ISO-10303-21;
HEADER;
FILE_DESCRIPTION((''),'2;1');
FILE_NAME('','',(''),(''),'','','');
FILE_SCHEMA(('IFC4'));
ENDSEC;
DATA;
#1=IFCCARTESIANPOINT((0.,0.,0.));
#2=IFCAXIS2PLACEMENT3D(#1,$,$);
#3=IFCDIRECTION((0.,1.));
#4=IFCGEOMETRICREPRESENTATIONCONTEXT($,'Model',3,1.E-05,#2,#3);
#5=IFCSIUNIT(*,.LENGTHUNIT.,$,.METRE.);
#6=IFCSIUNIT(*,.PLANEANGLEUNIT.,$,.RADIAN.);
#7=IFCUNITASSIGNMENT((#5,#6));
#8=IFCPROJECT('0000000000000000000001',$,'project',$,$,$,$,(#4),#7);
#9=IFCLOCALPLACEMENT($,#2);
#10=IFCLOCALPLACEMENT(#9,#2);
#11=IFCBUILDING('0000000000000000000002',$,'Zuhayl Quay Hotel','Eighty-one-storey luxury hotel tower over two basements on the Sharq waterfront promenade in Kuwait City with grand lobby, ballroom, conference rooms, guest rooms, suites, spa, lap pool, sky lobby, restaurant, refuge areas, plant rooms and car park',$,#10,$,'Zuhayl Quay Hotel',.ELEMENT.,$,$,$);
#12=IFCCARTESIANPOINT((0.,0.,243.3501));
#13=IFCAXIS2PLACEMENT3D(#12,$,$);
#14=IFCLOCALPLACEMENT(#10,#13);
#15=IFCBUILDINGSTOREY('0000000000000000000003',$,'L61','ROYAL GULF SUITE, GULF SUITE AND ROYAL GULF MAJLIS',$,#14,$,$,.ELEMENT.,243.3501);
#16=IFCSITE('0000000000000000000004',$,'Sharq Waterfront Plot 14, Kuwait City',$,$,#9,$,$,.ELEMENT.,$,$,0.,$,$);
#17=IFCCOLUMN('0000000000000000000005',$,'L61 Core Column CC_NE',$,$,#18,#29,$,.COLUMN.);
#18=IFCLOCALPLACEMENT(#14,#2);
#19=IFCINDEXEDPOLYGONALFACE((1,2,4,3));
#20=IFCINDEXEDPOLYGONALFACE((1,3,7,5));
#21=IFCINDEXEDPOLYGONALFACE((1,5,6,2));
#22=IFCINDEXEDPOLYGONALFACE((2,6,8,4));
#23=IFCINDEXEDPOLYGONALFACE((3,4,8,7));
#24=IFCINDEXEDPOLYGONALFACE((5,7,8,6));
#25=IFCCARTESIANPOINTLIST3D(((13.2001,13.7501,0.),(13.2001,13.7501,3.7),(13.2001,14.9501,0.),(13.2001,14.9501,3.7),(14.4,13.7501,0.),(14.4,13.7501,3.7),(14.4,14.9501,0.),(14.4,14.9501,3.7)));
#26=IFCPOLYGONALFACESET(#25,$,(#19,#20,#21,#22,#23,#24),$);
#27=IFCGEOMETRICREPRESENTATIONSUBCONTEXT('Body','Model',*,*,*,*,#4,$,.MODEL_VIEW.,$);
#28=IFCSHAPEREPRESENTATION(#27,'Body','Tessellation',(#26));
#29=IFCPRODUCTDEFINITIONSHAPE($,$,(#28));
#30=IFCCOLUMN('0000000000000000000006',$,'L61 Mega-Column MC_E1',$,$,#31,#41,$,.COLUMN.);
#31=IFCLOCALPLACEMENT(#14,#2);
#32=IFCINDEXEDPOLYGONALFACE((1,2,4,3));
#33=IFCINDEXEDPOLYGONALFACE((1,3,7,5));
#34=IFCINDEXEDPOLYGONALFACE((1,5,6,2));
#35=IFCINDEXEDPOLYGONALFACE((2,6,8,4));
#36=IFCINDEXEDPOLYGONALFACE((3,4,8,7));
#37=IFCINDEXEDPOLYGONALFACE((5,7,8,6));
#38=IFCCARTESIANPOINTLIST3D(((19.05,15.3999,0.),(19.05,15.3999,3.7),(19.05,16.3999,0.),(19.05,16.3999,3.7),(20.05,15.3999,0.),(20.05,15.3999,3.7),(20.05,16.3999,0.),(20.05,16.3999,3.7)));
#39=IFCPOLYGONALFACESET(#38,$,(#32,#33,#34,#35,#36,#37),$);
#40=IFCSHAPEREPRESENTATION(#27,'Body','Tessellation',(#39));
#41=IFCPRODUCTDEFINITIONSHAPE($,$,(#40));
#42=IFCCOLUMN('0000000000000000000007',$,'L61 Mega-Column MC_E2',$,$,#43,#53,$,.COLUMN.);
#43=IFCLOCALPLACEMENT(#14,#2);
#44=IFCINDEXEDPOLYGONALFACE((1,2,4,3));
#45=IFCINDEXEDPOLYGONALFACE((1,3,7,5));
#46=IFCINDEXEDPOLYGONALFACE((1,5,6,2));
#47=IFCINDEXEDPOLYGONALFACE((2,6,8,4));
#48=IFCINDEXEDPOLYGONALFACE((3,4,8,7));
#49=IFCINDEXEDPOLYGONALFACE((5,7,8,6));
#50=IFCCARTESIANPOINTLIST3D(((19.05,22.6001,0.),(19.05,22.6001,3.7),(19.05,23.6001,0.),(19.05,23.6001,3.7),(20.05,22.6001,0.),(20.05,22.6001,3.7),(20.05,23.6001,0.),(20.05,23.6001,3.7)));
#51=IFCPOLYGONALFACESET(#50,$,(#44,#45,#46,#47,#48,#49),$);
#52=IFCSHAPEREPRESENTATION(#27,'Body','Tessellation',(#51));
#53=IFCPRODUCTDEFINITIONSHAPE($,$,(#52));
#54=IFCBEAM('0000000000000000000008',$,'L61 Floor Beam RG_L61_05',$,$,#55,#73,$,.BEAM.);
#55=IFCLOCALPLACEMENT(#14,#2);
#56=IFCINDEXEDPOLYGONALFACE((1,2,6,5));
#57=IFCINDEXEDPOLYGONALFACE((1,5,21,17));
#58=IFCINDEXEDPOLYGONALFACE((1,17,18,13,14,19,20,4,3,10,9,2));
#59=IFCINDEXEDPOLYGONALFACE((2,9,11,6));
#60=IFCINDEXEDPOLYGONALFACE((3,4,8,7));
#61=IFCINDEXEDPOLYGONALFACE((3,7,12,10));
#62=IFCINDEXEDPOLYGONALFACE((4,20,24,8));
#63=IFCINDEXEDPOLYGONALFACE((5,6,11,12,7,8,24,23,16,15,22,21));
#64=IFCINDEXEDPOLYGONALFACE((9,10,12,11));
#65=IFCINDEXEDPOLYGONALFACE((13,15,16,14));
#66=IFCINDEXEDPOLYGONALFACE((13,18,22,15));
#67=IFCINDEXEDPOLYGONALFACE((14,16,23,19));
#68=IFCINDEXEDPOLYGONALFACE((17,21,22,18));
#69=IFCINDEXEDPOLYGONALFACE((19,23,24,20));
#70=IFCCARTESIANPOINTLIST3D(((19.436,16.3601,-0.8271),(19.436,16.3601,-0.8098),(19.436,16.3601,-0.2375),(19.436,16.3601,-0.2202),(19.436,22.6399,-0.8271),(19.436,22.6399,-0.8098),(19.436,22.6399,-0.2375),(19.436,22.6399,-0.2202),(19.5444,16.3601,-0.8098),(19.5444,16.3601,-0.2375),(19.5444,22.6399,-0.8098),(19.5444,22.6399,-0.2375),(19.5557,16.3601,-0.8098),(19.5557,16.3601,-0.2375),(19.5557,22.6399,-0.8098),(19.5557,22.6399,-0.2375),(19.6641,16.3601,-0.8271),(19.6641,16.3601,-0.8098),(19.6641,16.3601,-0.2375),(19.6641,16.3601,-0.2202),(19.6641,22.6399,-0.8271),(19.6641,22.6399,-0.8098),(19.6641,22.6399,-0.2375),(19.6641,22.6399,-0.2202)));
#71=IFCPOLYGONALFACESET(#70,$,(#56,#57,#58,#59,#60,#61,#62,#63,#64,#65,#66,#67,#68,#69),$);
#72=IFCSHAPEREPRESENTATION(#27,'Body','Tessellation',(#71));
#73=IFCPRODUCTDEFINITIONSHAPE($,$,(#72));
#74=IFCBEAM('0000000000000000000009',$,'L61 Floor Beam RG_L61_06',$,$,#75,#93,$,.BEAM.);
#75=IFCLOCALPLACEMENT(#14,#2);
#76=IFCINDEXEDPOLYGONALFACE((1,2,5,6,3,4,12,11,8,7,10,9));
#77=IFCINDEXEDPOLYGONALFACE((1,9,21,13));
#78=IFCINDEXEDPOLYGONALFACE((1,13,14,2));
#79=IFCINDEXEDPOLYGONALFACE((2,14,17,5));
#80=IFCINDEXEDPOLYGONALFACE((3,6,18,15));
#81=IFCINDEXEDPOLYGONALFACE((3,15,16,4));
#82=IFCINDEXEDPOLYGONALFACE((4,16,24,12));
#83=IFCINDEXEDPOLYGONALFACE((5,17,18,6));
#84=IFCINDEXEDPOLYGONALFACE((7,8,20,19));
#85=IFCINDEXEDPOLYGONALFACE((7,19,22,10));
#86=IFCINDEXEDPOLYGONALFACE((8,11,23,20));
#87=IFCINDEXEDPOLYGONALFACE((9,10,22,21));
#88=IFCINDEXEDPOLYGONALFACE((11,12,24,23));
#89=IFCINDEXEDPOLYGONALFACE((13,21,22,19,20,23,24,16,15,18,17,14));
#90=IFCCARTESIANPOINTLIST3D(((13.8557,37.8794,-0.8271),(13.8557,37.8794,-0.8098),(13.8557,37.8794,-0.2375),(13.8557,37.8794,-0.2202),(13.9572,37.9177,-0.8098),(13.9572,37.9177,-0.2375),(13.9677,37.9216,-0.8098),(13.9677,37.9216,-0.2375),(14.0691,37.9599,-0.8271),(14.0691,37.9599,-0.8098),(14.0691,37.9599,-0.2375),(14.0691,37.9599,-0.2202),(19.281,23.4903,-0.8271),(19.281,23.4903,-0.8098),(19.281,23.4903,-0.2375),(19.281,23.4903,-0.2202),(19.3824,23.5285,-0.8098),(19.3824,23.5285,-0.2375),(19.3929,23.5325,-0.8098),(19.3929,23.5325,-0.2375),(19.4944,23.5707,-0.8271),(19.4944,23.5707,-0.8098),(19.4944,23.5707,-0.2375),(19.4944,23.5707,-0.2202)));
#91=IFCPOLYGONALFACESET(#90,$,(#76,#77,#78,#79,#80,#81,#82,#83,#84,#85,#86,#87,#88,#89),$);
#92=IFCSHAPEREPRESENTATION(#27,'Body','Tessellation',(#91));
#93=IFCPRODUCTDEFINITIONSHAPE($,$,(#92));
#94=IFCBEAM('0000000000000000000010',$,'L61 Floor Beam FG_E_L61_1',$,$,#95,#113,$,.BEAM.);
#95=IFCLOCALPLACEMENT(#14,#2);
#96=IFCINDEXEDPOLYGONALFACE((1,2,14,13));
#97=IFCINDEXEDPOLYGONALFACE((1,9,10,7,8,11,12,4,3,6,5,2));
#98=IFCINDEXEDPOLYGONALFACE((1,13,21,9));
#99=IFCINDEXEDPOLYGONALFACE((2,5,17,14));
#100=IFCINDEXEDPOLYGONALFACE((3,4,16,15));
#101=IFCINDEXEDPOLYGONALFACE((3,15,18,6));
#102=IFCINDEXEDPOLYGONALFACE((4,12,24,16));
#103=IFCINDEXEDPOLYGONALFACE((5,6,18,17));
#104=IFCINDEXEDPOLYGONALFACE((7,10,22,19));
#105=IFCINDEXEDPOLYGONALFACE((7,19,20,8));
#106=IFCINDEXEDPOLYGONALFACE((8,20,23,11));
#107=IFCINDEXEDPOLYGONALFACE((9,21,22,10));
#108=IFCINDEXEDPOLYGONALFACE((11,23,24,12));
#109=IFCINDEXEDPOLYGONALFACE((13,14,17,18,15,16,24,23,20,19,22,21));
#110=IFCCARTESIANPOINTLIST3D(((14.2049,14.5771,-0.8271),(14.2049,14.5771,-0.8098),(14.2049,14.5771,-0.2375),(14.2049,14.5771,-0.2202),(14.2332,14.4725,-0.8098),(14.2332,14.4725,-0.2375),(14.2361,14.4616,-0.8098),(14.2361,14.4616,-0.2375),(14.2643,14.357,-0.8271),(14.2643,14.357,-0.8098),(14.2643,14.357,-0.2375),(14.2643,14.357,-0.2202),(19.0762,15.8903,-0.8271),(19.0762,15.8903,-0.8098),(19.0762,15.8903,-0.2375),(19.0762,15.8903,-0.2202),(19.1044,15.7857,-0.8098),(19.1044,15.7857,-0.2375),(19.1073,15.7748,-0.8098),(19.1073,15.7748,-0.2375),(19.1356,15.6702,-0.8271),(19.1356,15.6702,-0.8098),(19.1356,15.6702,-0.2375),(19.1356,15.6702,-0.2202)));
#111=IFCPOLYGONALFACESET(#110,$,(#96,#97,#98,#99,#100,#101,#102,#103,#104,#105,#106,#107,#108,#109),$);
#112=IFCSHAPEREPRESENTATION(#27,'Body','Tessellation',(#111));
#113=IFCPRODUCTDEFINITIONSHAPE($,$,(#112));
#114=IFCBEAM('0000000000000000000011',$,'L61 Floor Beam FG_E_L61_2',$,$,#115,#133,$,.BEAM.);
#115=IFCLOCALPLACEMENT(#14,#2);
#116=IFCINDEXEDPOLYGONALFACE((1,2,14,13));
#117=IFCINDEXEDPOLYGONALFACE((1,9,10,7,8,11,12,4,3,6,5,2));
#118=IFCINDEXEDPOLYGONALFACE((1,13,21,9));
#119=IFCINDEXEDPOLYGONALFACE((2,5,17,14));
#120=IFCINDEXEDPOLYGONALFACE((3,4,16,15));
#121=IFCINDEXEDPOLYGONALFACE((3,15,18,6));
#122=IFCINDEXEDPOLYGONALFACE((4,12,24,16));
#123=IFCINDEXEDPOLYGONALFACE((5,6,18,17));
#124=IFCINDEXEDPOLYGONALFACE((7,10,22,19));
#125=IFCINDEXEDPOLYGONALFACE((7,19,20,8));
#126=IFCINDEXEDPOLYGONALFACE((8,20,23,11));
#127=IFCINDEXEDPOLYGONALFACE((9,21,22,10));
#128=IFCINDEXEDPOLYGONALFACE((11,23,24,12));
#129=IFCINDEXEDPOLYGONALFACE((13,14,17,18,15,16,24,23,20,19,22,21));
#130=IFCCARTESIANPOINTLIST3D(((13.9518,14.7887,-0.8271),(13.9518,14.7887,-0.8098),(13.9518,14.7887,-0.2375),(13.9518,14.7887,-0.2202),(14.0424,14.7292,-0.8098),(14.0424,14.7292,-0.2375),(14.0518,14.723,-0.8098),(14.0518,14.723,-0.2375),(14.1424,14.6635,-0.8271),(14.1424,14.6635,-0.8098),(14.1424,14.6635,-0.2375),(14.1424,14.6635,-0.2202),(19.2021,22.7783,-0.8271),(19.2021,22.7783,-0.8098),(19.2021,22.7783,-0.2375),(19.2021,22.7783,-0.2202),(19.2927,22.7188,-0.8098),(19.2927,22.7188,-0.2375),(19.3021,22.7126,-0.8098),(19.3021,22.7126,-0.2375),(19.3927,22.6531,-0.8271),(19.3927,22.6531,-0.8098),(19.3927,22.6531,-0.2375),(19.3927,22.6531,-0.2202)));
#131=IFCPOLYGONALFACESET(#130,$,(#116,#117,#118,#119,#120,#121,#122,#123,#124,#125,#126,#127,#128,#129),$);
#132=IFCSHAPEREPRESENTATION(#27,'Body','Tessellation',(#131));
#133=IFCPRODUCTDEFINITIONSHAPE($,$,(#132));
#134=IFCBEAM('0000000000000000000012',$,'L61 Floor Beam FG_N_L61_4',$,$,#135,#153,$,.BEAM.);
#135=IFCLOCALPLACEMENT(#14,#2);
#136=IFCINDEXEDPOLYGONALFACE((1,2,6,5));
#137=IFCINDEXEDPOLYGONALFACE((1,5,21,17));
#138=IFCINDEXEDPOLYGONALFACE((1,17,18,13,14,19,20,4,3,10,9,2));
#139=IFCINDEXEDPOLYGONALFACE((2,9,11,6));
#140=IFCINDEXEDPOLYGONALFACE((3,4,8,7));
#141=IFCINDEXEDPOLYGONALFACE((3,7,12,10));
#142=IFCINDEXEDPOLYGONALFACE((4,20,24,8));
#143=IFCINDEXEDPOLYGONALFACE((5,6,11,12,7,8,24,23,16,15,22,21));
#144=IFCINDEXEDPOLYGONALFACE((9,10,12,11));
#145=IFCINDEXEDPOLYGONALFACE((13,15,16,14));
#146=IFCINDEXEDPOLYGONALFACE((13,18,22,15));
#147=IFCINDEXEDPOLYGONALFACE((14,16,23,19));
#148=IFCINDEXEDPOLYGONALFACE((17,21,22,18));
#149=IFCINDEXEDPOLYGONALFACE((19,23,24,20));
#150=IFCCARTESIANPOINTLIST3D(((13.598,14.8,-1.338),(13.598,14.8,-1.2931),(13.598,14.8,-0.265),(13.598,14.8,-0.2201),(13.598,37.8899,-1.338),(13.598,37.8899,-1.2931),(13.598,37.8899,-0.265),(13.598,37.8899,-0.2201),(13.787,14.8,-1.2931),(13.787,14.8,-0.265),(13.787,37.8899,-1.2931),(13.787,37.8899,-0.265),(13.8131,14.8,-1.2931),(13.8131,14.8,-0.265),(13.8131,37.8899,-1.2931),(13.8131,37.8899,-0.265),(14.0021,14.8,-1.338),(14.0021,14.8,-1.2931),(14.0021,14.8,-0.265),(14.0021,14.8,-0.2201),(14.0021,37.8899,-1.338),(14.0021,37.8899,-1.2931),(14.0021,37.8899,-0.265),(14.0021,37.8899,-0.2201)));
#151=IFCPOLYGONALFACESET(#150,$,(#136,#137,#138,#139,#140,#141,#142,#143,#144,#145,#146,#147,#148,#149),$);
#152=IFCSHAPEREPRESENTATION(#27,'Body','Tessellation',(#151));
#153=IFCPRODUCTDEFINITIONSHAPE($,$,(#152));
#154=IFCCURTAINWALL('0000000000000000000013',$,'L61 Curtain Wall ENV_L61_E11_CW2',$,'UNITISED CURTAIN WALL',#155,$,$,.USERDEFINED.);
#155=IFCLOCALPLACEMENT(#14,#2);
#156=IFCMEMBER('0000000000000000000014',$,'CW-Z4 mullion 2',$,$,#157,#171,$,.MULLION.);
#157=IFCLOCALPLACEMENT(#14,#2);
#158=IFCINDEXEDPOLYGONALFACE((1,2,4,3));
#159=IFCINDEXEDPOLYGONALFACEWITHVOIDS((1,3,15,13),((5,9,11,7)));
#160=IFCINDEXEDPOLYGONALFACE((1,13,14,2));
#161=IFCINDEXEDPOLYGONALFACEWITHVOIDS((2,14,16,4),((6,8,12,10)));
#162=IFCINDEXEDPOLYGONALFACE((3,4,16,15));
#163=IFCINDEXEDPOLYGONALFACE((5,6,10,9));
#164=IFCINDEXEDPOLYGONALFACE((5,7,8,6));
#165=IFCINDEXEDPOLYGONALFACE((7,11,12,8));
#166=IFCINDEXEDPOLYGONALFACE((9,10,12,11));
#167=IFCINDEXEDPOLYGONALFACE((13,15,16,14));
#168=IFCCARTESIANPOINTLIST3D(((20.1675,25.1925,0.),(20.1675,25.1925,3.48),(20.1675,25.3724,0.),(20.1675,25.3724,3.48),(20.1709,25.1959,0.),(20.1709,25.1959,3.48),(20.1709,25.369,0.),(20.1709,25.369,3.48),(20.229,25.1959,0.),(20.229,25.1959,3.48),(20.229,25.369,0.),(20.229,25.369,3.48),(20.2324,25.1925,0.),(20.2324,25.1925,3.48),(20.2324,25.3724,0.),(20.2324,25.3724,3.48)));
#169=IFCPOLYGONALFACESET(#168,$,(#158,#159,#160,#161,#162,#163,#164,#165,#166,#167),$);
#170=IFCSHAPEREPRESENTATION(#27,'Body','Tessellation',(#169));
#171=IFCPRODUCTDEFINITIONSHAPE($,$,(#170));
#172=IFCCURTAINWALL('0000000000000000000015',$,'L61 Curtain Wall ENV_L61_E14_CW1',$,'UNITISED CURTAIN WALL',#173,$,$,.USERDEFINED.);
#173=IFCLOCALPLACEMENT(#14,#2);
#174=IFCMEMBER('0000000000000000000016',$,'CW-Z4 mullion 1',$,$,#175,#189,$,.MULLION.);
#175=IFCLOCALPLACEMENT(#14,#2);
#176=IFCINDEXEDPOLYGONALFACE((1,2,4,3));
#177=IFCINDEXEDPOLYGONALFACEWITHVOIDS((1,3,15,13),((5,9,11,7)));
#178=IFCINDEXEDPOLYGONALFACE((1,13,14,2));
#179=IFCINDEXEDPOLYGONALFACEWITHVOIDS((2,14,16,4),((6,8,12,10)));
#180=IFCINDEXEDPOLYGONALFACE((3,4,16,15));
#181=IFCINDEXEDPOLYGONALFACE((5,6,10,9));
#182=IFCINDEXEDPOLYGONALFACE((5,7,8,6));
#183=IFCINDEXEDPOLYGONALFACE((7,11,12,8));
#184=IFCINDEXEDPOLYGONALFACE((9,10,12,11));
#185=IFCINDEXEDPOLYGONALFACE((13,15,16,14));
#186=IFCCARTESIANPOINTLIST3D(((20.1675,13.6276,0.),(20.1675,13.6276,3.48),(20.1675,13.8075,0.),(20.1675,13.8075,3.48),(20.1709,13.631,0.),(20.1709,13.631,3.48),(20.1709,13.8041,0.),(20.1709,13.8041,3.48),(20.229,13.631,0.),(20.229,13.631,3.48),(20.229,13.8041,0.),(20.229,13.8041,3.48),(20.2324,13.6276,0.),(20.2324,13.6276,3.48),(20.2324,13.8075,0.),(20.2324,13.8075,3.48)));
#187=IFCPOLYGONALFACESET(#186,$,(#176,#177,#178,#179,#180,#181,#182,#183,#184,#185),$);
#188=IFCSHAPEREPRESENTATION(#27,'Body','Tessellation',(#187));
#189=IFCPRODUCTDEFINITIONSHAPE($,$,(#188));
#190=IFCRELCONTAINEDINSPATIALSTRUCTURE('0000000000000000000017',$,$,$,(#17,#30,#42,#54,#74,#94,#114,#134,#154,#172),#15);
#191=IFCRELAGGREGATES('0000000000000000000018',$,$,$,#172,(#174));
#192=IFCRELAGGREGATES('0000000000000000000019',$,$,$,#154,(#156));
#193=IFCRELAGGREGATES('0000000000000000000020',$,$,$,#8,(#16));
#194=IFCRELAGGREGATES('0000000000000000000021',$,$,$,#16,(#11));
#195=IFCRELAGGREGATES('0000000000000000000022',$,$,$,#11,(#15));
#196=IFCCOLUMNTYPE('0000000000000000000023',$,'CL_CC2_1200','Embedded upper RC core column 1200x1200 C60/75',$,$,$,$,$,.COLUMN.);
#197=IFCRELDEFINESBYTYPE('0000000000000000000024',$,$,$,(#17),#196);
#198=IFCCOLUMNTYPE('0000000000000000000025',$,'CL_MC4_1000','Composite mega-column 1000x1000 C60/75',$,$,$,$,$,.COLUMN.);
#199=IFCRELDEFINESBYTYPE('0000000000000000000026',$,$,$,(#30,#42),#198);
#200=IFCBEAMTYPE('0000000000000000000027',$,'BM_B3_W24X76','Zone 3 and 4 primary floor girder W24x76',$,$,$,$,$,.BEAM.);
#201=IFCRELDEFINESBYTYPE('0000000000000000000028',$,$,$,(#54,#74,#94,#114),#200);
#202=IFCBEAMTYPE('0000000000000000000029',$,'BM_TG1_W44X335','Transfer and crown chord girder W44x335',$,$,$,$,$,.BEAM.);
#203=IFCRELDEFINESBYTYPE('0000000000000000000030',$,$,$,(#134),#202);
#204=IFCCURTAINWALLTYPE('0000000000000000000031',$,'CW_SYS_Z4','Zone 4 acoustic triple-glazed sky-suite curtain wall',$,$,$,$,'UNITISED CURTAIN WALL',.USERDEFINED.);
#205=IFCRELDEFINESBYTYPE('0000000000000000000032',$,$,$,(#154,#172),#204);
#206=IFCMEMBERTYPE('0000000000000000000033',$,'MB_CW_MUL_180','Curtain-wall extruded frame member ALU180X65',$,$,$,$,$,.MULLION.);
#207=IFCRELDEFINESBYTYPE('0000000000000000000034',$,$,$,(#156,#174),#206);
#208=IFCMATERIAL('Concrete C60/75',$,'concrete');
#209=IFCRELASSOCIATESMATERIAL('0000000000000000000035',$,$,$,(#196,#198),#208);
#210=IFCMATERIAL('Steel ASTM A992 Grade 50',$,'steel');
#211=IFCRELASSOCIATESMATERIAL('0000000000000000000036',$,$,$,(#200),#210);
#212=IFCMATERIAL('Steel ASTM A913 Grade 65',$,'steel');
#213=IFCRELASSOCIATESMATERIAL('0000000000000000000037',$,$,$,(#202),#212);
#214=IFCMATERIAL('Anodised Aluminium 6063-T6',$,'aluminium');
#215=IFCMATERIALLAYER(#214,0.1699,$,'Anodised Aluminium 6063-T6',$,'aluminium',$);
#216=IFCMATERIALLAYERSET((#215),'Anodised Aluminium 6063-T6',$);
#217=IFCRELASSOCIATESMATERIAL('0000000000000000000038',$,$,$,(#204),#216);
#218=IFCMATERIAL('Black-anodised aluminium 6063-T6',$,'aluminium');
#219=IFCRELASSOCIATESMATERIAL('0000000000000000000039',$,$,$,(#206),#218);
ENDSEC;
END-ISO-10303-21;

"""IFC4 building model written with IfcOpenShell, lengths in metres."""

from ifc_helpers import new_model, si_unit, direction, frame, origin, origin_2d, place, context, subcontext, project, spatial, rectangle, hollow_rectangle, i_section, extrude, material, layer, layer_set, material_profile, profile_set, type_object, element, aggregate, save


model = new_model("IFC4")

# Units and contexts
model_context = context("Model", 3, precision=1e-05, world=origin(), true_north=direction((0.0, 1.0)))
body_context = subcontext(model_context, "Body", "Model", "MODEL_VIEW")
ifc_project = project(units=[si_unit("LENGTHUNIT", "METRE"), si_unit("PLANEANGLEUNIT", "RADIAN")], contexts=[model_context])

# Site, building, storey
site_placement = place(None, origin())
site = spatial("IfcSite", under=ifc_project, at=site_placement, Name="Sharq Waterfront Plot 14, Kuwait City", CompositionType="ELEMENT", RefElevation=0.0)
building_placement = place(site_placement, origin())
building = spatial("IfcBuilding", under=site, at=building_placement, Name="Zuhayl Quay Hotel", Description="Eighty-one-storey luxury hotel tower over two basements on the Sharq waterfront promenade in Kuwait City with grand lobby, ballroom, conference rooms, guest rooms, suites, spa, lap pool, sky lobby, restaurant, refuge areas, plant rooms and car park", LongName="Zuhayl Quay Hotel", CompositionType="ELEMENT")
storey_placement = place(building_placement, frame((0.0, 0.0, 243.3501)))
storey = spatial("IfcBuildingStorey", under=building, at=storey_placement, Name="L61", Description="ROYAL GULF SUITE, GULF SUITE AND ROYAL GULF MAJLIS", CompositionType="ELEMENT", Elevation=243.3501)

# Columns
ifc_material_1 = material(Name="Concrete C60/75", Category="concrete")
ifc_material_profile_1 = material_profile(ifc_material_1, rectangle(XDim=1.2, YDim=1.2, at=origin_2d()), Name="RC1200X1200")
ifc_profile_set_1 = profile_set([ifc_material_profile_1], Name="Concrete C60/75")
column_type_1 = type_object("IfcColumnType", Name="CL_CC2_1200", Description="Embedded upper RC core column 1200x1200 C60/75", PredefinedType="COLUMN", material=ifc_profile_set_1)
column_placement = place(storey_placement, frame((13.8, 14.3501, 0.0), z_axis=(0.0, 0.0, 1.0), x_axis=(1.0, 0.0, 0.0)))
element("IfcColumn", 1, at=column_placement, inside=storey, type_object=column_type_1, Name="L61 Core Column CC_NE", PredefinedType="COLUMN", context=body_context, shape_type="SweptSolid", body=[
    extrude(rectangle(XDim=1.2, YDim=1.2, at=origin_2d()), origin(), (0.0, 0.0, 1.0), 3.7),
])
ifc_material_profile_2 = material_profile(ifc_material_1, rectangle(XDim=1.0, YDim=1.0, at=origin_2d()), Name="RC1000X1000")
ifc_profile_set_2 = profile_set([ifc_material_profile_2], Name="Concrete C60/75")
column_type_2 = type_object("IfcColumnType", Name="CL_MC4_1000", Description="Composite mega-column 1000x1000 C60/75", PredefinedType="COLUMN", material=ifc_profile_set_2)
for number, where, z_axis, x_axis, name in (
    (2, (19.55, 15.8999, 0.0), (0.0, 0.0, 1.0), (1.0, 0.0, 0.0), "L61 Mega-Column MC_E1"),
    (3, (19.55, 23.1001, 0.0), (0.0, 0.0, 1.0), (1.0, 0.0, 0.0), "L61 Mega-Column MC_E2"),
):
    element("IfcColumn", number, at=place(storey_placement, frame(where, z_axis=z_axis, x_axis=x_axis)), inside=storey, type_object=column_type_2, Name=name, PredefinedType="COLUMN", context=body_context, shape_type="SweptSolid", body=[
        extrude(rectangle(XDim=1.0, YDim=1.0, at=origin_2d()), origin(), (0.0, 0.0, 1.0), 3.7),
    ])

# Beams
ifc_material_2 = material(Name="Steel ASTM A992 Grade 50", Category="steel")
ifc_material_profile_3 = material_profile(ifc_material_2, i_section(OverallWidth=0.228, OverallDepth=0.6069, WebThickness=0.0112, FlangeThickness=0.0173, at=origin_2d()), Name="W24X76")
ifc_profile_set_3 = profile_set([ifc_material_profile_3], Name="Steel ASTM A992 Grade 50")
beam_type_1 = type_object("IfcBeamType", Name="BM_B3_W24X76", Description="Zone 3 and 4 primary floor girder W24x76", PredefinedType="BEAM", material=ifc_profile_set_3)
beam_1_placement = place(storey_placement, frame((19.55, 16.3601, -0.5237), z_axis=(0.0, 1.0, 0.0), x_axis=(-1.0, 0.0, 0.0)))
element("IfcBeam", 4, at=beam_1_placement, inside=storey, type_object=beam_type_1, Name="L61 Floor Beam RG_L61_05", PredefinedType="BEAM", context=body_context, shape_type="SweptSolid", body=[
    extrude(i_section(OverallWidth=0.228, OverallDepth=0.6069, WebThickness=0.0112, FlangeThickness=0.0173, at=origin_2d()), origin(), (0.0, 0.0, 1.0), 6.2798),
])
beam_2_placement = place(storey_placement, frame((19.3877, 23.5305, -0.5237), z_axis=(-0.352797, 0.9357, 0.0), x_axis=(-0.9357, -0.352797, 0.0)))
element("IfcBeam", 5, at=beam_2_placement, inside=storey, type_object=beam_type_1, Name="L61 Floor Beam RG_L61_06", PredefinedType="BEAM", context=body_context, shape_type="SweptSolid", body=[
    extrude(i_section(OverallWidth=0.228, OverallDepth=0.6069, WebThickness=0.0112, FlangeThickness=0.0173, at=origin_2d()), origin(), (0.0, 0.0, 1.0), 15.3779),
])
beam_3_placement = place(storey_placement, frame((14.2346, 14.467, -0.5237), z_axis=(0.96553, 0.260291, 0.0), x_axis=(-0.260291, 0.96553, 0.0)))
element("IfcBeam", 6, at=beam_3_placement, inside=storey, type_object=beam_type_1, Name="L61 Floor Beam FG_E_L61_1", PredefinedType="BEAM", context=body_context, shape_type="SweptSolid", body=[
    extrude(i_section(OverallWidth=0.228, OverallDepth=0.6069, WebThickness=0.0112, FlangeThickness=0.0173, at=origin_2d()), origin(), (0.0, 0.0, 1.0), 5.0452),
])
beam_4_placement = place(storey_placement, frame((14.0471, 14.7261, -0.5237), z_axis=(0.549178, 0.835705, 0.0), x_axis=(-0.835705, 0.549178, 0.0)))
element("IfcBeam", 7, at=beam_4_placement, inside=storey, type_object=beam_type_1, Name="L61 Floor Beam FG_E_L61_2", PredefinedType="BEAM", context=body_context, shape_type="SweptSolid", body=[
    extrude(i_section(OverallWidth=0.228, OverallDepth=0.6069, WebThickness=0.0112, FlangeThickness=0.0173, at=origin_2d()), origin(), (0.0, 0.0, 1.0), 9.5603),
])
ifc_material_3 = material(Name="Steel ASTM A913 Grade 65", Category="steel")
ifc_material_profile_4 = material_profile(ifc_material_3, i_section(OverallWidth=0.4041, OverallDepth=1.1179, WebThickness=0.0261, FlangeThickness=0.0449, at=origin_2d()), Name="W44X335")
ifc_profile_set_4 = profile_set([ifc_material_profile_4], Name="Steel ASTM A913 Grade 65")
beam_type_2 = type_object("IfcBeamType", Name="BM_TG1_W44X335", Description="Transfer and crown chord girder W44x335", PredefinedType="BEAM", material=ifc_profile_set_4)
beam_5_placement = place(storey_placement, frame((13.8, 14.8, -0.7791), z_axis=(0.0, 1.0, 0.0), x_axis=(-1.0, 0.0, 0.0)))
element("IfcBeam", 8, at=beam_5_placement, inside=storey, type_object=beam_type_2, Name="L61 Floor Beam FG_N_L61_4", PredefinedType="BEAM", context=body_context, shape_type="SweptSolid", body=[
    extrude(i_section(OverallWidth=0.4041, OverallDepth=1.1179, WebThickness=0.0261, FlangeThickness=0.0449, at=origin_2d()), origin(), (0.0, 0.0, 1.0), 23.0898),
])

# Curtain wall, member
ifc_material_4 = material(Name="Anodised Aluminium 6063-T6", Category="aluminium")
ifc_layer_1 = layer(ifc_material_4, 0.1699, Name="Anodised Aluminium 6063-T6", Category="aluminium")
ifc_layer_set_1 = layer_set([ifc_layer_1], Name="Anodised Aluminium 6063-T6")
curtain_wall_type = type_object("IfcCurtainWallType", Name="CW_SYS_Z4", Description="Zone 4 acoustic triple-glazed sky-suite curtain wall", ElementType="UNITISED CURTAIN WALL", PredefinedType="USERDEFINED", material=ifc_layer_set_1)
curtain_wall_1_placement = place(storey_placement, origin())
curtain_wall_1 = element("IfcCurtainWall", 9, at=curtain_wall_1_placement, inside=storey, type_object=curtain_wall_type, Name="L61 Curtain Wall ENV_L61_E11_CW2", ObjectType="UNITISED CURTAIN WALL", PredefinedType="USERDEFINED")
ifc_material_5 = material(Name="Black-anodised aluminium 6063-T6", Category="aluminium")
ifc_material_profile_5 = material_profile(ifc_material_5, hollow_rectangle(XDim=0.0649, YDim=0.1799, WallThickness=0.0034, at=origin_2d()), Name="ALU180X65")
ifc_profile_set_5 = profile_set([ifc_material_profile_5], Name="Black-anodised aluminium 6063-T6")
member_type_1 = type_object("IfcMemberType", Name="MB_CW_MUL_180", Description="Curtain-wall extruded frame member ALU180X65", PredefinedType="MULLION", material=ifc_profile_set_5)
member_1_placement = place(storey_placement, frame((20.2, 25.2825, 0.0), z_axis=(0.0, 0.0, 1.0), x_axis=(1.0, 0.0, 0.0)))
member_1 = element("IfcMember", 10, at=member_1_placement, type_object=member_type_1, Name="CW-Z4 mullion 2", PredefinedType="MULLION", context=body_context, shape_type="SweptSolid", body=[
    extrude(hollow_rectangle(XDim=0.0649, YDim=0.1799, WallThickness=0.0034, at=origin_2d()), origin(), (0.0, 0.0, 1.0), 3.48),
])

# Curtain wall, member
curtain_wall_2_placement = place(storey_placement, origin())
curtain_wall_2 = element("IfcCurtainWall", 11, at=curtain_wall_2_placement, inside=storey, type_object=curtain_wall_type, Name="L61 Curtain Wall ENV_L61_E14_CW1", ObjectType="UNITISED CURTAIN WALL", PredefinedType="USERDEFINED")
member_2_placement = place(storey_placement, frame((20.2, 13.7175, 0.0), z_axis=(0.0, 0.0, 1.0), x_axis=(1.0, 0.0, 0.0)))
member_2 = element("IfcMember", 12, at=member_2_placement, type_object=member_type_1, Name="CW-Z4 mullion 1", PredefinedType="MULLION", context=body_context, shape_type="SweptSolid", body=[
    extrude(hollow_rectangle(XDim=0.0649, YDim=0.1799, WallThickness=0.0034, at=origin_2d()), origin(), (0.0, 0.0, 1.0), 3.48),
])
aggregate(curtain_wall_2, [member_2])

aggregate(curtain_wall_1, [member_1])

save(model, "model.ifc")
